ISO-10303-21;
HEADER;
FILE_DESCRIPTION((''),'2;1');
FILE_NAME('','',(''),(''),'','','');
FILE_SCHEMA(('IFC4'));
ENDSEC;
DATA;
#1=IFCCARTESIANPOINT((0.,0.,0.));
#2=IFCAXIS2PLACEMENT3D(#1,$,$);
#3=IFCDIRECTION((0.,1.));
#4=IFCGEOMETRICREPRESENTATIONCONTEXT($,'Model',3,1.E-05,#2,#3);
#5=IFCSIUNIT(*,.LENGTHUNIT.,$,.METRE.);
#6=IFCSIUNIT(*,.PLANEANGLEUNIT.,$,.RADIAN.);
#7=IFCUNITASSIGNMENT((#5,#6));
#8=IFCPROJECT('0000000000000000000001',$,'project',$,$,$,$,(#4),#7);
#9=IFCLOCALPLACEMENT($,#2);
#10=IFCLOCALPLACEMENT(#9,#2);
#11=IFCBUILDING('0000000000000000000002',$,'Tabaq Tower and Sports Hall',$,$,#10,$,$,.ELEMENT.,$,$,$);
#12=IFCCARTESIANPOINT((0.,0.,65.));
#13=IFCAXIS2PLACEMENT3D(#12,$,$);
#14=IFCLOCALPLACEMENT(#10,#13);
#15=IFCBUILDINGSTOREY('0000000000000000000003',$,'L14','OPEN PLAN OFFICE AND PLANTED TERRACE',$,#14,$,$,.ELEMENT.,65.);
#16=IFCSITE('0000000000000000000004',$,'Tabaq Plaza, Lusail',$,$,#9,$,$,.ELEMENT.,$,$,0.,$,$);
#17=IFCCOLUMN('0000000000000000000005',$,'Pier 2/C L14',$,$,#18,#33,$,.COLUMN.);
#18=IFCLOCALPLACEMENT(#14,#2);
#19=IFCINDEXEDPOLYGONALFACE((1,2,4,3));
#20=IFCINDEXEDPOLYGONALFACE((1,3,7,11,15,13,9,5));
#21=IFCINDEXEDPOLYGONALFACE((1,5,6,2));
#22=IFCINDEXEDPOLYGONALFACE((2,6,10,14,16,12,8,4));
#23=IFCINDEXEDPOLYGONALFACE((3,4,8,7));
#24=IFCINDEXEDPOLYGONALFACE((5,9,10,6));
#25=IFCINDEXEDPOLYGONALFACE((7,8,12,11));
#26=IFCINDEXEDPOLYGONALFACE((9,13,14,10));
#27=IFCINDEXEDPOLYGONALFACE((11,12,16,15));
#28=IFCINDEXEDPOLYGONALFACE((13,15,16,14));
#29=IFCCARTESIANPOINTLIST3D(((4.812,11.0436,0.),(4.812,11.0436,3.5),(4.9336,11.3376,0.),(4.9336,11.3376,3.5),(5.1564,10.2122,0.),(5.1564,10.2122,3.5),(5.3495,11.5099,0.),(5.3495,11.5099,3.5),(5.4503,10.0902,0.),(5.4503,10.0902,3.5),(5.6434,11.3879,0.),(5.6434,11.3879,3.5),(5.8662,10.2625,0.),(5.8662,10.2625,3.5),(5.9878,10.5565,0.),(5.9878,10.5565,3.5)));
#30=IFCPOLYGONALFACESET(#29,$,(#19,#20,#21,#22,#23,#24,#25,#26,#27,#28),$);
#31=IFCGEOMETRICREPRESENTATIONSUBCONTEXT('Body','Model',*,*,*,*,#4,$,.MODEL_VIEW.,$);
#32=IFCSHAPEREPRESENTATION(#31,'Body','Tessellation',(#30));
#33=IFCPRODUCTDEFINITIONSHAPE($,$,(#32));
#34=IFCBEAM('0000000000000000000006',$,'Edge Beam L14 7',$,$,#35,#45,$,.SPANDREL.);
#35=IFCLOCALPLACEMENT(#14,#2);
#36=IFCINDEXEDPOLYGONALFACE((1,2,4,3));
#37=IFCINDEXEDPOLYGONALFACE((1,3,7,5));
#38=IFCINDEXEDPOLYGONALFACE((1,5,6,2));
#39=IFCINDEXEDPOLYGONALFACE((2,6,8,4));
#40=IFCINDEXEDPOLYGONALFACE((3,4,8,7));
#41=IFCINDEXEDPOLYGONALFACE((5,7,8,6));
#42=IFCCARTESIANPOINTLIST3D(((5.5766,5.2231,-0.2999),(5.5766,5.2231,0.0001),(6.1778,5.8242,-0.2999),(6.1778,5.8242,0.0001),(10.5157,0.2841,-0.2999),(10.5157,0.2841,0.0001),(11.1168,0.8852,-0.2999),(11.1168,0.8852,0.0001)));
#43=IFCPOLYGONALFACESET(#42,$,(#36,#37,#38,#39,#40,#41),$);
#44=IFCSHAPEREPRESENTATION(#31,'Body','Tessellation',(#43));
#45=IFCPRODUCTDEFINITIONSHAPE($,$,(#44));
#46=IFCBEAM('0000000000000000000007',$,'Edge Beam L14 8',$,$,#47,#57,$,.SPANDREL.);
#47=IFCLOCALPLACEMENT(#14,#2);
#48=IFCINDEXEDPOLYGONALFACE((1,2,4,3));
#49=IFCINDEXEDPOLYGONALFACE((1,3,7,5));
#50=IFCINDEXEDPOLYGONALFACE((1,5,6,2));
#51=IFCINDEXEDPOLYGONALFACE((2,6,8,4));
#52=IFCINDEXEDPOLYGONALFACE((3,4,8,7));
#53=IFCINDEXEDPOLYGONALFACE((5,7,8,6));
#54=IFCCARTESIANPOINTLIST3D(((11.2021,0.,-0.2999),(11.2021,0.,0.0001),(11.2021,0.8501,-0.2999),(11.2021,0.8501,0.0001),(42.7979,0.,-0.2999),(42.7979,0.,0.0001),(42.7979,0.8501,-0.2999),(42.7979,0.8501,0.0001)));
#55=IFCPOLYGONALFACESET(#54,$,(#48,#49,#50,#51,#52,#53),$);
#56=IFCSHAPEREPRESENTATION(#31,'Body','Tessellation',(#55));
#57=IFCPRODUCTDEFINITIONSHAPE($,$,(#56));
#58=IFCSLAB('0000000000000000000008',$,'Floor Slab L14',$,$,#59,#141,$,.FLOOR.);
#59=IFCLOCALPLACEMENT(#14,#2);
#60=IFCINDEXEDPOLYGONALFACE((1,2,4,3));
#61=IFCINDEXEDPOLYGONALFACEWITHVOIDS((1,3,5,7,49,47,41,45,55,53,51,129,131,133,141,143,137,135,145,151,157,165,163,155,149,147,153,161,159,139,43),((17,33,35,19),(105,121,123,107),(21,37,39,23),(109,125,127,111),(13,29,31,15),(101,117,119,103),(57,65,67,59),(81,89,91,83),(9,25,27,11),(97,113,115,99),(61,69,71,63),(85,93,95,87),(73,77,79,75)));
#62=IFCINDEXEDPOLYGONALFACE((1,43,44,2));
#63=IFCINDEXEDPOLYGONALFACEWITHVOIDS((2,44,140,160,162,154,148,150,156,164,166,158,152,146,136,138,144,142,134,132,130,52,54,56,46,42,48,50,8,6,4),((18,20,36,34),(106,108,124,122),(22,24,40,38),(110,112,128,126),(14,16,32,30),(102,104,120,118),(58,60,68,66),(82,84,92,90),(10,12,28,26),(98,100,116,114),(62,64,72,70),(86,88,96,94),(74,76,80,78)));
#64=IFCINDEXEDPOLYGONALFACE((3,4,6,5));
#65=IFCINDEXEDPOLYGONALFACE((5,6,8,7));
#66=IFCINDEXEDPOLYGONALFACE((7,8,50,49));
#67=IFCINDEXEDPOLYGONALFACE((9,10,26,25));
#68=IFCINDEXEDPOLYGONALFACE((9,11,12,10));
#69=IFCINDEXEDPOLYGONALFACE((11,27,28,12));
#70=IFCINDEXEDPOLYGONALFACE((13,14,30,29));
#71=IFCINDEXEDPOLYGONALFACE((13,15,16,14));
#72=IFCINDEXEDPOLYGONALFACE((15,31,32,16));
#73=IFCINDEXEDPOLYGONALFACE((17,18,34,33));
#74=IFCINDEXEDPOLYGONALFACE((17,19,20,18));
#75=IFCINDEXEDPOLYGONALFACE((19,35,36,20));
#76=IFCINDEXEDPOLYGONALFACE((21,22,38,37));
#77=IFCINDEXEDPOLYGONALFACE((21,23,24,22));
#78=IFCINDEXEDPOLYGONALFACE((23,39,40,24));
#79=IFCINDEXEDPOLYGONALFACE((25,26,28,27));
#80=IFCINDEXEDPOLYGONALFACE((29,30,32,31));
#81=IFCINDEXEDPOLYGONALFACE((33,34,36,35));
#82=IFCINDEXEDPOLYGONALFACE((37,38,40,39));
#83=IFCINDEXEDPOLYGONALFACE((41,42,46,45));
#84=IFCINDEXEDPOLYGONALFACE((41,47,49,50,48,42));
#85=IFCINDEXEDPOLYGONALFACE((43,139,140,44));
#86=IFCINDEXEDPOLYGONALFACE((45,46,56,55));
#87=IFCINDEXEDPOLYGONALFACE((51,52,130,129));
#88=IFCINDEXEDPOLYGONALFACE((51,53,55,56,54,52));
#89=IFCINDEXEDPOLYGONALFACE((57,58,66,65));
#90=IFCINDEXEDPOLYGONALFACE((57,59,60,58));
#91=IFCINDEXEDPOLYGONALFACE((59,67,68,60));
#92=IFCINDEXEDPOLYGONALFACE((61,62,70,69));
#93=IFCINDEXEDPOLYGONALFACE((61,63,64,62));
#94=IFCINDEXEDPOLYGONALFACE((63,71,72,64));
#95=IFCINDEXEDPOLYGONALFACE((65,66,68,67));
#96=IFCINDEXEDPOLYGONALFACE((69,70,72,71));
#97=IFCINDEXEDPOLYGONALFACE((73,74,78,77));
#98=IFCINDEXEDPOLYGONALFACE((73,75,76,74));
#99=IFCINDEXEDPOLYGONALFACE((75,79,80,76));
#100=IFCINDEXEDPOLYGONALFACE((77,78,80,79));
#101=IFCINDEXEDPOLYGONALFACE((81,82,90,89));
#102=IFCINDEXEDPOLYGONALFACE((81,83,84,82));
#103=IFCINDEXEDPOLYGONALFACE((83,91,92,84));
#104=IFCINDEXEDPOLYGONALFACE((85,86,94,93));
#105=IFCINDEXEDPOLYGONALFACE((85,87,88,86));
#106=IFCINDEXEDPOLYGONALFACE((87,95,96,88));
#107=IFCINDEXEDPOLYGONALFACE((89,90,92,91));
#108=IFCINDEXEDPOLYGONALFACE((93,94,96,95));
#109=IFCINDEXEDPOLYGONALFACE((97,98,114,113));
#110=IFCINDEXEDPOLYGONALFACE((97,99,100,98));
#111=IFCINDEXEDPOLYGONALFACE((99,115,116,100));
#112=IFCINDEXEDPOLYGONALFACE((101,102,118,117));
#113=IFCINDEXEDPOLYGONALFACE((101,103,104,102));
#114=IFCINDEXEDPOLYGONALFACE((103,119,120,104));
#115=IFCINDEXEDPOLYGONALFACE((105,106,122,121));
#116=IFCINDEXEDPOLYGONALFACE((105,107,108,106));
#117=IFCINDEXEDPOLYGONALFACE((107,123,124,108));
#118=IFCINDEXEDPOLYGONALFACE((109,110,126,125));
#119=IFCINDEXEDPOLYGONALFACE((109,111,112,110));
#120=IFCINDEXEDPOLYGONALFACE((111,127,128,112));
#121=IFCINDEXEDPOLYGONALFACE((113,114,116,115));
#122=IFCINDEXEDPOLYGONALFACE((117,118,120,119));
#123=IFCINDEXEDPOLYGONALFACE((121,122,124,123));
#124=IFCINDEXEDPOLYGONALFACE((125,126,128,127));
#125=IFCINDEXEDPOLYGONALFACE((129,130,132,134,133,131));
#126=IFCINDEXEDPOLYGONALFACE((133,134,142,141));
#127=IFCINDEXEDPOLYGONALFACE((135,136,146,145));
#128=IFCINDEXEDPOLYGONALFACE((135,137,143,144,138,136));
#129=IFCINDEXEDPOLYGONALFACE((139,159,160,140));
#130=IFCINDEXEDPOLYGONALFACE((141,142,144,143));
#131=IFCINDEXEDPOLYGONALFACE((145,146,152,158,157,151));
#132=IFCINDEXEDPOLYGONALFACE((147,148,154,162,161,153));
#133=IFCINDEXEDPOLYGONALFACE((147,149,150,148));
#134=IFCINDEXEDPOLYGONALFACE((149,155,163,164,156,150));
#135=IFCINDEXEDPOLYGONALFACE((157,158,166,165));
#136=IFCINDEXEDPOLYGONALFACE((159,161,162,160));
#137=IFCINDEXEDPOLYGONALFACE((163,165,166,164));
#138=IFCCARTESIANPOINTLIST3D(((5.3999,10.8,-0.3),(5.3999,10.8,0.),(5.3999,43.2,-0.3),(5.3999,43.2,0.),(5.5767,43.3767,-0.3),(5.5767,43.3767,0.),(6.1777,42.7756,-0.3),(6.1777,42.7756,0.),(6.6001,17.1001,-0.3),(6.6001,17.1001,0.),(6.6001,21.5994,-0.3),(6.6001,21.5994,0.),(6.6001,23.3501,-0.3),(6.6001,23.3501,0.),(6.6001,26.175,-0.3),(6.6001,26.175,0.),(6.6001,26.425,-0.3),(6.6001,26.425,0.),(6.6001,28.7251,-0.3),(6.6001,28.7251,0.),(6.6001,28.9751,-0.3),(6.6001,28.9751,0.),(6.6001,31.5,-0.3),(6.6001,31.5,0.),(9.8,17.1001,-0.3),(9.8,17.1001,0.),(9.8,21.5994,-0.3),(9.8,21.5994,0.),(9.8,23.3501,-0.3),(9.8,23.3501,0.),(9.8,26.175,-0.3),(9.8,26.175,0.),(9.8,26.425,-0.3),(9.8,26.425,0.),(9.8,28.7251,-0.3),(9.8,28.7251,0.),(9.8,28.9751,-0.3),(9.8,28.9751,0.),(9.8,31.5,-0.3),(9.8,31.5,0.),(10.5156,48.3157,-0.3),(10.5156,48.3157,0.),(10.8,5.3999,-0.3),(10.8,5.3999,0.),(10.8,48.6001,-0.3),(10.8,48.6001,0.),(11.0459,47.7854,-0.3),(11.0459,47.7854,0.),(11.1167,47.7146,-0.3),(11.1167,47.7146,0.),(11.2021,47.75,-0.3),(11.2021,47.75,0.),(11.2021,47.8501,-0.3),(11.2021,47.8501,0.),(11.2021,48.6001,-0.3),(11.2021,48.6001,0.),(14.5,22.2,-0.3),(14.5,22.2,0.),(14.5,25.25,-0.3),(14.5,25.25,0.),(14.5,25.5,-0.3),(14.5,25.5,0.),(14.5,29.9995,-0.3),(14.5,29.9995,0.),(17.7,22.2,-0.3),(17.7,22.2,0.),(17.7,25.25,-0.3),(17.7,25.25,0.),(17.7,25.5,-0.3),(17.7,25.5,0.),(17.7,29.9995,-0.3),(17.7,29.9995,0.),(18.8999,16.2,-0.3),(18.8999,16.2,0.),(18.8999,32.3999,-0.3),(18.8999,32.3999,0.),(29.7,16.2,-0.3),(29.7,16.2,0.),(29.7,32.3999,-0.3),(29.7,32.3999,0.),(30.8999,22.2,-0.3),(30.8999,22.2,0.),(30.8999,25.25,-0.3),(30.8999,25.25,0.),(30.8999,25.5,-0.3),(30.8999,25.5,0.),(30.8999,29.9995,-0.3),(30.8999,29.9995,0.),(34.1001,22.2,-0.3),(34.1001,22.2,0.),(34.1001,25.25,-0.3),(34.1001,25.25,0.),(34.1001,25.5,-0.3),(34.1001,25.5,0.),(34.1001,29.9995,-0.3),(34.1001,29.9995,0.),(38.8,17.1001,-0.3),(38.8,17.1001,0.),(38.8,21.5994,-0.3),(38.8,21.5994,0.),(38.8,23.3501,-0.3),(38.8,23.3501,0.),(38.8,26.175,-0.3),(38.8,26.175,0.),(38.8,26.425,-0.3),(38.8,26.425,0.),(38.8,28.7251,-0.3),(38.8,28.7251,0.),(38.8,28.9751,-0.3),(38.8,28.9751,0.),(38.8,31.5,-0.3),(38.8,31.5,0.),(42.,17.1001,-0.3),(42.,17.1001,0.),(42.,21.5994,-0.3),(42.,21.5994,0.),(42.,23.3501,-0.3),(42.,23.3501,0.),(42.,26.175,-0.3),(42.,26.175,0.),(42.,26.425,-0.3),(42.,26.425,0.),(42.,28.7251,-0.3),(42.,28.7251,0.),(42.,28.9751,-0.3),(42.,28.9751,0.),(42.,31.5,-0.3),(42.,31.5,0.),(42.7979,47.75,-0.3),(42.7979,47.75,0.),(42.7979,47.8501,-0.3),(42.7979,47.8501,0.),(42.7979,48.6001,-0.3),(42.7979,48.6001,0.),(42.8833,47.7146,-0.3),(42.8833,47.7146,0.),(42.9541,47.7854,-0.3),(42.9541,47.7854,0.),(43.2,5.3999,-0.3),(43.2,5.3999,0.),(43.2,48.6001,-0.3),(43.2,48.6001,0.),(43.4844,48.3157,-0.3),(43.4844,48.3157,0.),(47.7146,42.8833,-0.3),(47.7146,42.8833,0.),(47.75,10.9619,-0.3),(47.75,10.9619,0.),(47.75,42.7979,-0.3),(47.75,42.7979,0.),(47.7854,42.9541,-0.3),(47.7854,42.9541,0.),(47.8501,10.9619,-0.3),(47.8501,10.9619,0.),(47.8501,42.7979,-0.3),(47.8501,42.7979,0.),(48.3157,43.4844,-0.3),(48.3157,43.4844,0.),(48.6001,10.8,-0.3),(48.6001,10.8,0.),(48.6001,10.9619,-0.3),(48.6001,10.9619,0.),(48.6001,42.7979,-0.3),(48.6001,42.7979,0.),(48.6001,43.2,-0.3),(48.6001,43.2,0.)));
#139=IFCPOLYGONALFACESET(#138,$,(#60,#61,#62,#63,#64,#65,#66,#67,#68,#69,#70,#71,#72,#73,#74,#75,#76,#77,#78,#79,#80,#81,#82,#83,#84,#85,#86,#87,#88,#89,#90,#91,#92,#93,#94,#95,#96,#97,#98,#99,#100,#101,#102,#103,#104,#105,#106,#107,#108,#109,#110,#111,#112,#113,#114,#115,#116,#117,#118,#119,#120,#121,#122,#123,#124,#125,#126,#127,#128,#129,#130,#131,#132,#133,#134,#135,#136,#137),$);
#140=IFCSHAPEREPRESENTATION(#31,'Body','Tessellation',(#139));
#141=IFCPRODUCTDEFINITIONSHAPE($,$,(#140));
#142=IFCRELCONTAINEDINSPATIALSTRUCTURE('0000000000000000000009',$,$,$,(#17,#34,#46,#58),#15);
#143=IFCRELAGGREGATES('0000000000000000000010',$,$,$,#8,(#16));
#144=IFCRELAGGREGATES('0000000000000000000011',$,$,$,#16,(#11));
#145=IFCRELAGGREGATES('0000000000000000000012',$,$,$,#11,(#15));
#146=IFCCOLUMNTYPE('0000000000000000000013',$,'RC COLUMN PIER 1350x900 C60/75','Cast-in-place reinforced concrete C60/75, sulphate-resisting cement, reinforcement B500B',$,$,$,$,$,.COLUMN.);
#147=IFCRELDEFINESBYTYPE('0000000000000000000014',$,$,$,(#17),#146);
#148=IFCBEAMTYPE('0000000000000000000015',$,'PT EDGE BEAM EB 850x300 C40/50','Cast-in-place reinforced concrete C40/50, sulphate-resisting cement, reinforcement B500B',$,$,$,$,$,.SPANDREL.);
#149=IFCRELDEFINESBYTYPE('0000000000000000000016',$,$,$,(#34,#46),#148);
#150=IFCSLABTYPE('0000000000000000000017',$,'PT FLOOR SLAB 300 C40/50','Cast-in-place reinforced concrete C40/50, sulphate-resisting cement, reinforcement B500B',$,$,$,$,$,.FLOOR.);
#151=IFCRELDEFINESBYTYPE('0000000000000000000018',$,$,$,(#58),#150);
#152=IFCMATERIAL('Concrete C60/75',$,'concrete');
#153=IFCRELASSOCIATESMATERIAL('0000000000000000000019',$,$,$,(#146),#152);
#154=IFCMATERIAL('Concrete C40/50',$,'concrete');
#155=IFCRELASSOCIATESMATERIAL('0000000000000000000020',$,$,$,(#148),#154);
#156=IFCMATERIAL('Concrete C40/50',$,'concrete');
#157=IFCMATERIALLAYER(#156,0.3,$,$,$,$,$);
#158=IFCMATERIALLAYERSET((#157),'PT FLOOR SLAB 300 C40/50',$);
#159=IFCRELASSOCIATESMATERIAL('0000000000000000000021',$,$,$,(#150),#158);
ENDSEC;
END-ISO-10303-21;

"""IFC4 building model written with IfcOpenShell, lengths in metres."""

from ifc_helpers import new_model, si_unit, direction, frame, origin, origin_2d, place, context, subcontext, project, spatial, polyline, rectangle, outline, extrude, material, layer, layer_set, material_profile, profile_set, type_object, element, save


model = new_model("IFC4")

# Units and contexts
model_context = context("Model", 3, precision=1e-05, world=origin(), true_north=direction((0.0, 1.0)))
body_context = subcontext(model_context, "Body", "Model", "MODEL_VIEW")
ifc_project = project(units=[si_unit("LENGTHUNIT", "METRE"), si_unit("PLANEANGLEUNIT", "RADIAN")], contexts=[model_context])

# Site, building, storey
site_placement = place(None, origin())
site = spatial("IfcSite", under=ifc_project, at=site_placement, Name="Tabaq Plaza, Lusail", CompositionType="ELEMENT", RefElevation=0.0)
building_placement = place(site_placement, origin())
building = spatial("IfcBuilding", under=site, at=building_placement, Name="Tabaq Tower and Sports Hall", CompositionType="ELEMENT")
storey_placement = place(building_placement, frame((0.0, 0.0, 65.0)))
storey = spatial("IfcBuildingStorey", under=building, at=storey_placement, Name="L14", Description="OPEN PLAN OFFICE AND PLANTED TERRACE", CompositionType="ELEMENT", Elevation=65.0)

# Column
ifc_material_1 = material(Name="Concrete C60/75", Category="concrete")
ifc_material_profile_1 = material_profile(ifc_material_1, outline(polyline([(-0.45, -0.45), (0.45, -0.45), (0.675, -0.2251), (0.675, 0.2251), (0.45, 0.45), (-0.45, 0.45), (-0.675, 0.2251), (-0.675, -0.2251), (-0.45, -0.45)])), Name="PIER 1350x900")
ifc_profile_set_1 = profile_set([ifc_material_profile_1], Name="Concrete C60/75")
column_type = type_object("IfcColumnType", Name="RC COLUMN PIER 1350x900 C60/75", Description="Cast-in-place reinforced concrete C60/75, sulphate-resisting cement, reinforcement B500B", PredefinedType="COLUMN", material=ifc_profile_set_1)
column_placement = place(storey_placement, frame((5.3999, 10.8, 0.0), z_axis=(0.0, 0.0, 1.0), x_axis=(-0.382683, 0.92388, 0.0)))
element("IfcColumn", 1, at=column_placement, inside=storey, type_object=column_type, Name="Pier 2/C L14", PredefinedType="COLUMN", context=body_context, shape_type="SweptSolid", body=[
    extrude(outline(polyline([(-0.45, -0.45), (0.45, -0.45), (0.675, -0.2251), (0.675, 0.2251), (0.45, 0.45), (-0.45, 0.45), (-0.675, 0.2251), (-0.675, -0.2251), (-0.45, -0.45)])), origin(), (0.0, 0.0, 1.0), 3.5),
])

# Beams
ifc_material_2 = material(Name="Concrete C40/50", Category="concrete")
ifc_material_profile_2 = material_profile(ifc_material_2, rectangle(XDim=0.8501, YDim=0.3, at=origin_2d()), Name="EB 850x300")
ifc_profile_set_2 = profile_set([ifc_material_profile_2], Name="Concrete C40/50")
beam_type = type_object("IfcBeamType", Name="PT EDGE BEAM EB 850x300 C40/50", Description="Cast-in-place reinforced concrete C40/50, sulphate-resisting cement, reinforcement B500B", PredefinedType="SPANDREL", material=ifc_profile_set_2)
beam_1_placement = place(storey_placement, frame((5.8772, 5.5237, -0.1499), z_axis=(0.707107, -0.707107, 0.0), x_axis=(0.707107, 0.707107, 0.0)))
element("IfcBeam", 2, at=beam_1_placement, inside=storey, type_object=beam_type, Name="Edge Beam L14 7", PredefinedType="SPANDREL", context=body_context, shape_type="SweptSolid", body=[
    extrude(rectangle(XDim=0.8501, YDim=0.3, at=origin_2d()), origin(), (0.0, 0.0, 1.0), 6.9849),
])
beam_2_placement = place(storey_placement, frame((11.2021, 0.425, -0.1499), z_axis=(1.0, 0.0, 0.0), x_axis=(0.0, 1.0, 0.0)))
element("IfcBeam", 3, at=beam_2_placement, inside=storey, type_object=beam_type, Name="Edge Beam L14 8", PredefinedType="SPANDREL", context=body_context, shape_type="SweptSolid", body=[
    extrude(rectangle(XDim=0.8501, YDim=0.3, at=origin_2d()), origin(), (0.0, 0.0, 1.0), 31.5957),
])

# Slab
ifc_material_3 = material(Name="Concrete C40/50", Category="concrete")
ifc_layer_1 = layer(ifc_material_3, 0.3)
ifc_layer_set_1 = layer_set([ifc_layer_1], Name="PT FLOOR SLAB 300 C40/50")
slab_type_1 = type_object("IfcSlabType", Name="PT FLOOR SLAB 300 C40/50", Description="Cast-in-place reinforced concrete C40/50, sulphate-resisting cement, reinforcement B500B", PredefinedType="FLOOR", material=ifc_layer_set_1)
slab_1_placement = place(storey_placement, frame((0.0, 0.0, -0.3)))
element("IfcSlab", 4, at=slab_1_placement, inside=storey, type_object=slab_type_1, Name="Floor Slab L14", PredefinedType="FLOOR", context=body_context, shape_type="SweptSolid", body=[
    extrude(outline(polyline([(5.3999, 43.2), (5.3999, 10.8), (10.8, 5.3999), (43.2, 5.3999), (48.6001, 10.8), (48.6001, 10.9619), (47.8501, 10.9619), (47.75, 10.9619), (47.75, 42.7979), (47.8501, 42.7979), (48.6001, 42.7979), (48.6001, 43.2), (48.3157, 43.4844), (47.7854, 42.9541), (47.7146, 42.8833), (42.8833, 47.7146), (42.9541, 47.7854), (43.4844, 48.3157), (43.2, 48.6001), (42.7979, 48.6001), (42.7979, 47.8501), (42.7979, 47.75), (11.2021, 47.75), (11.2021, 47.8501), (11.2021, 48.6001), (10.8, 48.6001), (10.5156, 48.3157), (11.0459, 47.7854), (11.0459, 47.7854), (11.1167, 47.7146), (6.1777, 42.7756), (5.5767, 43.3767), (5.3999, 43.2)]), holes=[polyline([(6.6001, 21.5994), (9.8, 21.5994), (9.8, 17.1001), (6.6001, 17.1001), (6.6001, 21.5994)]), polyline([(17.7, 25.25), (17.7, 22.2), (14.5, 22.2), (14.5, 25.25), (17.7, 25.25)]), polyline([(18.8999, 32.3999), (29.7, 32.3999), (29.7, 16.2), (18.8999, 16.2), (18.8999, 32.3999)]), polyline([(6.6001, 26.175), (9.8, 26.175), (9.8, 23.3501), (6.6001, 23.3501), (6.6001, 26.175)]), polyline([(9.8, 28.7251), (9.8, 26.425), (6.6001, 26.425), (6.6001, 28.7251), (9.8, 28.7251)]), polyline([(17.7, 29.9995), (17.7, 25.5), (14.5, 25.5), (14.5, 29.9995), (17.7, 29.9995)]), polyline([(6.6001, 31.5), (9.8, 31.5), (9.8, 28.9751), (6.6001, 28.9751), (6.6001, 31.5)]), polyline([(42.0, 21.5994), (42.0, 17.1001), (38.8, 17.1001), (38.8, 21.5994), (42.0, 21.5994)]), polyline([(34.1001, 25.25), (34.1001, 22.2), (30.8999, 22.2), (30.8999, 25.25), (34.1001, 25.25)]), polyline([(42.0, 26.175), (42.0, 23.3501), (38.8, 23.3501), (38.8, 26.175), (42.0, 26.175)]), polyline([(42.0, 28.7251), (42.0, 26.425), (38.8, 26.425), (38.8, 28.7251), (42.0, 28.7251)]), polyline([(34.1001, 29.9995), (34.1001, 25.5), (30.8999, 25.5), (30.8999, 29.9995), (34.1001, 29.9995)]), polyline([(42.0, 31.5), (42.0, 28.9751), (38.8, 28.9751), (38.8, 31.5), (42.0, 31.5)])]), origin(), (0.0, 0.0, 1.0), 0.3),
])

save(model, "model.ifc")
